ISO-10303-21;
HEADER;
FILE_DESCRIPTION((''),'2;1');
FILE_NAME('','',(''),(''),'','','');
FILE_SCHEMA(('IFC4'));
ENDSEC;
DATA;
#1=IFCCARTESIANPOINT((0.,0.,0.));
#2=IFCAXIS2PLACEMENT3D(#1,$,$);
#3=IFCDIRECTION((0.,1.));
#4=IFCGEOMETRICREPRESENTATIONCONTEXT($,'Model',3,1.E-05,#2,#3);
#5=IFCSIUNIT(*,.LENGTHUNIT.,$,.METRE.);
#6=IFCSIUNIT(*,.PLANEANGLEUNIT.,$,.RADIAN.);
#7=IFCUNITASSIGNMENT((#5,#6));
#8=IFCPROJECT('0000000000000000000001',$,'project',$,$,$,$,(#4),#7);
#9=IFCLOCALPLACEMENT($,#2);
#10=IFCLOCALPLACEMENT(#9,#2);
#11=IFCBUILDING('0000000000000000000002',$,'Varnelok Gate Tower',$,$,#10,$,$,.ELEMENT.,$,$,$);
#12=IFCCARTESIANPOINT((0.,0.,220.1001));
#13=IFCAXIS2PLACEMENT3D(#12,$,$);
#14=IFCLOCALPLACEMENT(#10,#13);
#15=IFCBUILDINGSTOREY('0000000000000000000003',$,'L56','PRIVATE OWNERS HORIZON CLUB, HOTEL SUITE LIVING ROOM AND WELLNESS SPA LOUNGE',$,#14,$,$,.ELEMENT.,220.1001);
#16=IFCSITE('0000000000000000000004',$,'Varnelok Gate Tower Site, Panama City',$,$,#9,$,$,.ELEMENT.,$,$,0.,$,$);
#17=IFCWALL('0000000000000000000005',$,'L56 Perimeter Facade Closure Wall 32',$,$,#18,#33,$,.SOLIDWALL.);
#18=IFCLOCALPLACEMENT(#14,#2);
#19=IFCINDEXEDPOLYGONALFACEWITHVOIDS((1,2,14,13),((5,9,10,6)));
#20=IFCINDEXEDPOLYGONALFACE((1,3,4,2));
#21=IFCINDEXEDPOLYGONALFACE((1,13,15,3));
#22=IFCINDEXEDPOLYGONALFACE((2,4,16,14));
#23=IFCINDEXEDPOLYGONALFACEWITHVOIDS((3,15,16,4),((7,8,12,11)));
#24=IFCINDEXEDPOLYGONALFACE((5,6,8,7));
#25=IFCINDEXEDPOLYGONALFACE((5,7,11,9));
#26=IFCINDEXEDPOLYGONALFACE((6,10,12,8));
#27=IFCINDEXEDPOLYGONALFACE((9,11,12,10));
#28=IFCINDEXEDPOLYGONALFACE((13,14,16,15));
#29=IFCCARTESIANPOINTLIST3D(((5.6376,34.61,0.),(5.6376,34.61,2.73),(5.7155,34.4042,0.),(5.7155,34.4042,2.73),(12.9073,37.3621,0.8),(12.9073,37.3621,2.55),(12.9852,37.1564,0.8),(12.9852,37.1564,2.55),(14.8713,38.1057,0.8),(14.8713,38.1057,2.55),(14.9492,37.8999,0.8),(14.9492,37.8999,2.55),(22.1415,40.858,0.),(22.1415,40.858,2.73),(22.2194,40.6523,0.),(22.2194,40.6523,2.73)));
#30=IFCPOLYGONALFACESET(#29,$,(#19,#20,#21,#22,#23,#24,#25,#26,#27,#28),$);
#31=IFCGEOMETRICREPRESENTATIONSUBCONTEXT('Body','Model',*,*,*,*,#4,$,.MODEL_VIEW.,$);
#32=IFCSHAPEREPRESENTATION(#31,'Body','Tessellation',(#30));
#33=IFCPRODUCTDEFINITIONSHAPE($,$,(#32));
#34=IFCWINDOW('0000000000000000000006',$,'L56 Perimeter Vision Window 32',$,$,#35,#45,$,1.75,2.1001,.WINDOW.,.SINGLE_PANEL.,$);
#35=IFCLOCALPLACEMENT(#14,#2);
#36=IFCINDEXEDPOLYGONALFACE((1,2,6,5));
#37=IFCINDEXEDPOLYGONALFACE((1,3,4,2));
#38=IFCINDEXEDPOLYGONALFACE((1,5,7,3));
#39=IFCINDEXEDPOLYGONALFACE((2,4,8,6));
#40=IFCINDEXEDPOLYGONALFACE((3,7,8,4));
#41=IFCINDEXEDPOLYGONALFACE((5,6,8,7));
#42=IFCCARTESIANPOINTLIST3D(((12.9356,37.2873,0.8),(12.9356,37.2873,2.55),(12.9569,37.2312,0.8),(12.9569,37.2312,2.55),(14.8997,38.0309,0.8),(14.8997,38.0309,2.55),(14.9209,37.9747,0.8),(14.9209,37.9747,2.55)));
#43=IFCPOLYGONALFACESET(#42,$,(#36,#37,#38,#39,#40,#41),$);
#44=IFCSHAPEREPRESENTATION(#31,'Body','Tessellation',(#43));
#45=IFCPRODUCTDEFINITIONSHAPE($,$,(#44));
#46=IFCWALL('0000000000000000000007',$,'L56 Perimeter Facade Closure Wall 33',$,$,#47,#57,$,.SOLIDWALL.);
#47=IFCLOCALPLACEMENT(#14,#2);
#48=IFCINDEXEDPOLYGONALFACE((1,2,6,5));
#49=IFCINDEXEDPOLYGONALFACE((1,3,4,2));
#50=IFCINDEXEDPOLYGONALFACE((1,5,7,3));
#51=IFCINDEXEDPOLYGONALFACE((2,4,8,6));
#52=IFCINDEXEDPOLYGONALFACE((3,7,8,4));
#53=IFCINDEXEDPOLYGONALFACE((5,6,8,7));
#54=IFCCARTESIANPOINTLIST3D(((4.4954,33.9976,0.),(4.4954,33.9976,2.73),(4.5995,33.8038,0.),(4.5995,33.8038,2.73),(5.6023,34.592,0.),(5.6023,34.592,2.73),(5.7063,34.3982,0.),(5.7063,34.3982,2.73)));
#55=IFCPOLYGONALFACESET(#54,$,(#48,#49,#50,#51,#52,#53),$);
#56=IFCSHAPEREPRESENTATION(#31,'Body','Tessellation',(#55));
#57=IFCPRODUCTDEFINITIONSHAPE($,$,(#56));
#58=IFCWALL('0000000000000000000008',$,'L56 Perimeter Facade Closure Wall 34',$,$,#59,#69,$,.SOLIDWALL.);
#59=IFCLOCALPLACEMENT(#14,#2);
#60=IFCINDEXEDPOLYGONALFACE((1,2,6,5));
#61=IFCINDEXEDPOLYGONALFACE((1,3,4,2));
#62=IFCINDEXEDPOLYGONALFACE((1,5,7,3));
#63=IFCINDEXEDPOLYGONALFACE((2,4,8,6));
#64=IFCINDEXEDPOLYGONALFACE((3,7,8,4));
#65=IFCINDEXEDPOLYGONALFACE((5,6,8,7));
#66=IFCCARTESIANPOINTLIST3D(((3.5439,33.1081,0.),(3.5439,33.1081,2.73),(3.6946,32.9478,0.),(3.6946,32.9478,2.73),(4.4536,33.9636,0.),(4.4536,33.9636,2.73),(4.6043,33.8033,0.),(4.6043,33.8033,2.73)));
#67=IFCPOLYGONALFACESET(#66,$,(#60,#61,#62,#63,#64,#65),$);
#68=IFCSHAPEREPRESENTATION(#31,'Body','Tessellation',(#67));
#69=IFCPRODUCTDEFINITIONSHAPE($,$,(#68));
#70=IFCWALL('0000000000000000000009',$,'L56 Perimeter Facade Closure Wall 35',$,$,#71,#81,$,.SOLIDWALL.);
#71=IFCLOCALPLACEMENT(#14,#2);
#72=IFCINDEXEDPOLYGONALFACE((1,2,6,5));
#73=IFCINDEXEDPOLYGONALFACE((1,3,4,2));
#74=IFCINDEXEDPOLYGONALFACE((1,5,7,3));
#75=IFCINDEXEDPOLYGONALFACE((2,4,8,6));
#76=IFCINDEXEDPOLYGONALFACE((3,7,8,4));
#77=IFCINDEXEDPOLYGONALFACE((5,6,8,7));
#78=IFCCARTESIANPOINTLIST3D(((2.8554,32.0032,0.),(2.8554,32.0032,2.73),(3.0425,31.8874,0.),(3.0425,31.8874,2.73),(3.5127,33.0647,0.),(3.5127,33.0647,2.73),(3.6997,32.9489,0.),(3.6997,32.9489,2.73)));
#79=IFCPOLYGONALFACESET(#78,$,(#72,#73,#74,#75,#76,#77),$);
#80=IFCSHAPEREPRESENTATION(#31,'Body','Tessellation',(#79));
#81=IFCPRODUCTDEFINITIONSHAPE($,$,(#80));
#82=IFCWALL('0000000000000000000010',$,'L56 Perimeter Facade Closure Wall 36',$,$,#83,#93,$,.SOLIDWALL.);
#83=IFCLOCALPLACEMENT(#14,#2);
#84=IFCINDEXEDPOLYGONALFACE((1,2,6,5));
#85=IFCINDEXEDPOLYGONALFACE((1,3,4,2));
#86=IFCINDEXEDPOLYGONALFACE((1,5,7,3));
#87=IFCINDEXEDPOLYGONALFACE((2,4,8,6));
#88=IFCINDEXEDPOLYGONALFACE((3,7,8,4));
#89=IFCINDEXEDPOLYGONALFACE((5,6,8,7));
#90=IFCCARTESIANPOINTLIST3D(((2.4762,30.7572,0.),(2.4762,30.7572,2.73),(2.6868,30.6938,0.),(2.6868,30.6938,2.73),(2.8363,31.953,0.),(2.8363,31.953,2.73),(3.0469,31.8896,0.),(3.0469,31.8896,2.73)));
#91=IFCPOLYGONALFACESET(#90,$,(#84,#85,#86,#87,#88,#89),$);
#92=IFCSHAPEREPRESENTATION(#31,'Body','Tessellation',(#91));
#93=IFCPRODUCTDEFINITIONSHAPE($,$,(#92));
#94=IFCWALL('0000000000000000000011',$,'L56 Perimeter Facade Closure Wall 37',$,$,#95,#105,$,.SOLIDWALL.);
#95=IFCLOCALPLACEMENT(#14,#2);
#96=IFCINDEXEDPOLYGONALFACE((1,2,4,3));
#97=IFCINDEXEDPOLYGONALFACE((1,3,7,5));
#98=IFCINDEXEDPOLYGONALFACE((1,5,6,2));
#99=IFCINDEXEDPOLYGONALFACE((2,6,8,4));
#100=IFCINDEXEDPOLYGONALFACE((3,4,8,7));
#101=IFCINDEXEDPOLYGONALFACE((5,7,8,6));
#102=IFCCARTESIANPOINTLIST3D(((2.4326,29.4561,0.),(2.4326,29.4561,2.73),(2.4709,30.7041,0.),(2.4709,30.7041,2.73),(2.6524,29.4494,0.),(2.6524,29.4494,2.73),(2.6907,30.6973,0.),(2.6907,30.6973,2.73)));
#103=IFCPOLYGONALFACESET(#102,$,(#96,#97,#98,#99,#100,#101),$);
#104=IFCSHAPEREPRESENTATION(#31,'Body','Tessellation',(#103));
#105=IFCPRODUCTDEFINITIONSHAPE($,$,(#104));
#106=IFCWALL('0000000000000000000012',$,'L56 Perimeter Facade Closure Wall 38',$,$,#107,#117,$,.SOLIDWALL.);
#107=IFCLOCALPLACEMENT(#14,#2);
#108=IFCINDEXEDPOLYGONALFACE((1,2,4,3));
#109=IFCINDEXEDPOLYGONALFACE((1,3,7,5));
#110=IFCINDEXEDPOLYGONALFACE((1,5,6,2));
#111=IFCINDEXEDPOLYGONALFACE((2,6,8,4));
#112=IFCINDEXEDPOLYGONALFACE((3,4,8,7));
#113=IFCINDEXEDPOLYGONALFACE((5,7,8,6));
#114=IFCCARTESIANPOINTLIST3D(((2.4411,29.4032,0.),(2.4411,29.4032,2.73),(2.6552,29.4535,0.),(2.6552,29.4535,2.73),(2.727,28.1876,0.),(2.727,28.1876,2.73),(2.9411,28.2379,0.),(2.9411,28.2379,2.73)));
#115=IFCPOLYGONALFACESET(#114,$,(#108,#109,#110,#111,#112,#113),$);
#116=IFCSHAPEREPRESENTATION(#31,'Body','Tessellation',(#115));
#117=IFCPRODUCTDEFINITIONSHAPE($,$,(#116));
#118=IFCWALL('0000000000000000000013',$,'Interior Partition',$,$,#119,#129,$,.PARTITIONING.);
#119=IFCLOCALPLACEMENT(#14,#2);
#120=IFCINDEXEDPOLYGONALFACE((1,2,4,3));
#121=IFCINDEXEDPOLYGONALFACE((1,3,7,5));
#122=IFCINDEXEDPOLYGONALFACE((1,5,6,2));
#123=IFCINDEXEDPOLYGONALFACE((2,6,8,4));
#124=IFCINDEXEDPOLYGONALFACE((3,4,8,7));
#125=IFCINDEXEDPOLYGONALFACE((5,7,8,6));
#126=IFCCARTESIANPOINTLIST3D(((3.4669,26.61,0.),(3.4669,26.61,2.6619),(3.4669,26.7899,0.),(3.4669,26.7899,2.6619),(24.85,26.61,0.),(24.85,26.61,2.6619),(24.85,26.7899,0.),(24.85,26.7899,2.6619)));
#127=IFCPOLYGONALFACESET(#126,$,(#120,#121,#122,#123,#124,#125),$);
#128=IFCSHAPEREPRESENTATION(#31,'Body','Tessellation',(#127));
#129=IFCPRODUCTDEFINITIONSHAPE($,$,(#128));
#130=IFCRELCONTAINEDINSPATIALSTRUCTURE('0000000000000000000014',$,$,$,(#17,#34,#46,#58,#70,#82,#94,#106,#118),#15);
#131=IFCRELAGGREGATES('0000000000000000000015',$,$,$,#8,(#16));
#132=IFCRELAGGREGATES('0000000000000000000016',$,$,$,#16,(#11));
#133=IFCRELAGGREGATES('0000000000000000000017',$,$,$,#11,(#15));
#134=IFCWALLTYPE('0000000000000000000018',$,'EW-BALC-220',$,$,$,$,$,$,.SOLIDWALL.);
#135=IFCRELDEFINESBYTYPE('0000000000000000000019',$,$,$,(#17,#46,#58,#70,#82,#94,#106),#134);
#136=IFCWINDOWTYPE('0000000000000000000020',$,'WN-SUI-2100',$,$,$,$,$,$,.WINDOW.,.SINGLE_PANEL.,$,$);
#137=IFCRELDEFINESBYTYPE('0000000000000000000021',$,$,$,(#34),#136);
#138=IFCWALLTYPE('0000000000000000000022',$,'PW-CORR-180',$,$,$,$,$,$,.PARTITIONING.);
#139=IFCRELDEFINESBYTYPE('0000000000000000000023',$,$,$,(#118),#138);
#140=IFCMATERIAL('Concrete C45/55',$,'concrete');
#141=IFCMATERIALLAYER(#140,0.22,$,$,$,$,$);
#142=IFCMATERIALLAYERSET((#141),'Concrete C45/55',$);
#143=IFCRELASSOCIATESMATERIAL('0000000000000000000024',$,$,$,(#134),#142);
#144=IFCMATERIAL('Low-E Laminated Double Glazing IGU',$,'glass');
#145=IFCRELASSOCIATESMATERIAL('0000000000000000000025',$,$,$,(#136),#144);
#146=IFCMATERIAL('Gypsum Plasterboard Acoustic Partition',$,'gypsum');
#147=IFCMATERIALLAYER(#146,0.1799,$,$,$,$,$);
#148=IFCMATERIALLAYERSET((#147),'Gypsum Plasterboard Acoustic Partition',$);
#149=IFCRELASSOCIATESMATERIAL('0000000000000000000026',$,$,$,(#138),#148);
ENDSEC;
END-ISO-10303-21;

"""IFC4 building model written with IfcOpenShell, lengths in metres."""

from ifc_helpers import new_model, si_unit, direction, frame, frame_2d, origin, place, context, subcontext, project, spatial, rectangle, extrude, material, layer, layer_set, type_object, element, fill, save


model = new_model("IFC4")

# Units and contexts
model_context = context("Model", 3, precision=1e-05, world=origin(), true_north=direction((0.0, 1.0)))
body_context = subcontext(model_context, "Body", "Model", "MODEL_VIEW")
ifc_project = project(units=[si_unit("LENGTHUNIT", "METRE"), si_unit("PLANEANGLEUNIT", "RADIAN")], contexts=[model_context])

# Site, building, storey
site_placement = place(None, origin())
site = spatial("IfcSite", under=ifc_project, at=site_placement, Name="Varnelok Gate Tower Site, Panama City", CompositionType="ELEMENT", RefElevation=0.0)
building_placement = place(site_placement, origin())
building = spatial("IfcBuilding", under=site, at=building_placement, Name="Varnelok Gate Tower", CompositionType="ELEMENT")
storey_placement = place(building_placement, frame((0.0, 0.0, 220.1001)))
storey = spatial("IfcBuildingStorey", under=building, at=storey_placement, Name="L56", Description="PRIVATE OWNERS HORIZON CLUB, HOTEL SUITE LIVING ROOM AND WELLNESS SPA LOUNGE", CompositionType="ELEMENT", Elevation=220.1001)

# Shared definitions
ifc_material_1 = material(Name="Low-E Laminated Double Glazing IGU", Category="glass")

# Shared definitions
ifc_material_2 = material(Name="Concrete C45/55", Category="concrete")
ifc_layer_1 = layer(ifc_material_2, 0.22)
ifc_layer_set_1 = layer_set([ifc_layer_1], Name="Concrete C45/55")
wall_type_1 = type_object("IfcWallType", Name="EW-BALC-220", PredefinedType="SOLIDWALL", material=ifc_layer_set_1)

# Wall, opening, window
wall_1_placement = place(storey_placement, frame((22.1804, 40.7551, 0.0), z_axis=(0.0, 0.0, 1.0), x_axis=(-0.935224, -0.354057, 0.0)))
wall_1 = element("IfcWall", 1, at=wall_1_placement, inside=storey, type_object=wall_type_1, Name="L56 Perimeter Facade Closure Wall 32", PredefinedType="SOLIDWALL", context=body_context, shape_type="SweptSolid", body=[
    extrude(rectangle(XDim=17.647, YDim=0.22, at=frame_2d((8.8235, 0.0))), origin(), (0.0, 0.0, 1.0), 2.73),
])
opening_placement = place(wall_1_placement, frame((7.7737, 0.0, 0.8)))
opening = element("IfcOpeningElement", 2, at=opening_placement, cuts=wall_1, PredefinedType="OPENING", context=body_context, shape_type="SweptSolid", body=[
    extrude(rectangle(XDim=2.1001, YDim=1.75, at=frame_2d((1.05, 0.875))), frame((0.0, 0.1199, 0.0), z_axis=(0.0, -1.0, 0.0), x_axis=(1.0, 0.0, 0.0)), (0.0, 0.0, 1.0), 0.24),
])
window_type = type_object("IfcWindowType", Name="WN-SUI-2100", PartitioningType="SINGLE_PANEL", PredefinedType="WINDOW", material=ifc_material_1)
window_placement = place(opening_placement, origin())
window = element("IfcWindow", 3, at=window_placement, inside=storey, type_object=window_type, Name="L56 Perimeter Vision Window 32", OverallHeight=1.75, OverallWidth=2.1001, PartitioningType="SINGLE_PANEL", PredefinedType="WINDOW", context=body_context, shape_type="SweptSolid", body=[
    extrude(rectangle(XDim=2.1001, YDim=1.75, at=frame_2d((1.05, 0.875))), frame((0.0, 0.03, 0.0), z_axis=(0.0, -1.0, 0.0), x_axis=(1.0, 0.0, 0.0)), (0.0, 0.0, 1.0), 0.0601),
])
fill(opening, window)

# Walls
wall_2_placement = place(storey_placement, frame((5.6543, 34.4951, 0.0), z_axis=(0.0, 0.0, 1.0), x_axis=(-0.880988, -0.473138, 0.0)))
element("IfcWall", 4, at=wall_2_placement, inside=storey, type_object=wall_type_1, Name="L56 Perimeter Facade Closure Wall 33", PredefinedType="SOLIDWALL", context=body_context, shape_type="SweptSolid", body=[
    extrude(rectangle(XDim=1.2563, YDim=0.22, at=frame_2d((0.6282, 0.0))), origin(), (0.0, 0.0, 1.0), 2.73),
])
wall_3_placement = place(storey_placement, frame((4.5291, 33.8835, 0.0), z_axis=(0.0, 0.0, 1.0), x_axis=(-0.728475, -0.685072, 0.0)))
element("IfcWall", 5, at=wall_3_placement, inside=storey, type_object=wall_type_1, Name="L56 Perimeter Facade Closure Wall 34", PredefinedType="SOLIDWALL", context=body_context, shape_type="SweptSolid", body=[
    extrude(rectangle(XDim=1.2488, YDim=0.22, at=frame_2d((0.6245, 0.0))), origin(), (0.0, 0.0, 1.0), 2.73),
])
wall_4_placement = place(storey_placement, frame((3.6062, 33.0068, 0.0), z_axis=(0.0, 0.0, 1.0), x_axis=(-0.526408, -0.850232, 0.0)))
element("IfcWall", 6, at=wall_4_placement, inside=storey, type_object=wall_type_1, Name="L56 Perimeter Facade Closure Wall 35", PredefinedType="SOLIDWALL", context=body_context, shape_type="SweptSolid", body=[
    extrude(rectangle(XDim=1.2485, YDim=0.22, at=frame_2d((0.6243, 0.0))), origin(), (0.0, 0.0, 1.0), 2.73),
])
wall_5_placement = place(storey_placement, frame((2.9417, 31.9214, 0.0), z_axis=(0.0, 0.0, 1.0), x_axis=(-0.288352, -0.957524, 0.0)))
element("IfcWall", 7, at=wall_5_placement, inside=storey, type_object=wall_type_1, Name="L56 Perimeter Facade Closure Wall 36", PredefinedType="SOLIDWALL", context=body_context, shape_type="SweptSolid", body=[
    extrude(rectangle(XDim=1.2488, YDim=0.22, at=frame_2d((0.6245, 0.0))), origin(), (0.0, 0.0, 1.0), 2.73),
])
wall_6_placement = place(storey_placement, frame((2.5808, 30.7007, 0.0), z_axis=(0.0, 0.0, 1.0), x_axis=(-0.030698, -0.999529, 0.0)))
element("IfcWall", 8, at=wall_6_placement, inside=storey, type_object=wall_type_1, Name="L56 Perimeter Facade Closure Wall 37", PredefinedType="SOLIDWALL", context=body_context, shape_type="SweptSolid", body=[
    extrude(rectangle(XDim=1.2485, YDim=0.22, at=frame_2d((0.6243, 0.0))), origin(), (0.0, 0.0, 1.0), 2.73),
])
wall_7_placement = place(storey_placement, frame((2.5481, 29.4285, 0.0), z_axis=(0.0, 0.0, 1.0), x_axis=(0.228941, -0.97344, 0.0)))
element("IfcWall", 9, at=wall_7_placement, inside=storey, type_object=wall_type_1, Name="L56 Perimeter Facade Closure Wall 38", PredefinedType="SOLIDWALL", context=body_context, shape_type="SweptSolid", body=[
    extrude(rectangle(XDim=1.2488, YDim=0.22, at=frame_2d((0.6245, 0.0))), origin(), (0.0, 0.0, 1.0), 2.73),
])
ifc_material_3 = material(Name="Gypsum Plasterboard Acoustic Partition", Category="gypsum")
ifc_layer_2 = layer(ifc_material_3, 0.1799)
ifc_layer_set_2 = layer_set([ifc_layer_2], Name="Gypsum Plasterboard Acoustic Partition")
wall_type_2 = type_object("IfcWallType", Name="PW-CORR-180", PredefinedType="PARTITIONING", material=ifc_layer_set_2)
wall_8_placement = place(storey_placement, frame((3.467, 26.7, 0.0), z_axis=(0.0, 0.0, 1.0), x_axis=(1.0, 0.0, 0.0)))
element("IfcWall", 10, at=wall_8_placement, inside=storey, type_object=wall_type_2, Name="Interior Partition", PredefinedType="PARTITIONING", context=body_context, shape_type="SweptSolid", body=[
    extrude(rectangle(XDim=21.3831, YDim=0.1799, at=frame_2d((10.6914, 0.0))), origin(), (0.0, 0.0, 1.0), 2.6619),
])

save(model, "model.ifc")
